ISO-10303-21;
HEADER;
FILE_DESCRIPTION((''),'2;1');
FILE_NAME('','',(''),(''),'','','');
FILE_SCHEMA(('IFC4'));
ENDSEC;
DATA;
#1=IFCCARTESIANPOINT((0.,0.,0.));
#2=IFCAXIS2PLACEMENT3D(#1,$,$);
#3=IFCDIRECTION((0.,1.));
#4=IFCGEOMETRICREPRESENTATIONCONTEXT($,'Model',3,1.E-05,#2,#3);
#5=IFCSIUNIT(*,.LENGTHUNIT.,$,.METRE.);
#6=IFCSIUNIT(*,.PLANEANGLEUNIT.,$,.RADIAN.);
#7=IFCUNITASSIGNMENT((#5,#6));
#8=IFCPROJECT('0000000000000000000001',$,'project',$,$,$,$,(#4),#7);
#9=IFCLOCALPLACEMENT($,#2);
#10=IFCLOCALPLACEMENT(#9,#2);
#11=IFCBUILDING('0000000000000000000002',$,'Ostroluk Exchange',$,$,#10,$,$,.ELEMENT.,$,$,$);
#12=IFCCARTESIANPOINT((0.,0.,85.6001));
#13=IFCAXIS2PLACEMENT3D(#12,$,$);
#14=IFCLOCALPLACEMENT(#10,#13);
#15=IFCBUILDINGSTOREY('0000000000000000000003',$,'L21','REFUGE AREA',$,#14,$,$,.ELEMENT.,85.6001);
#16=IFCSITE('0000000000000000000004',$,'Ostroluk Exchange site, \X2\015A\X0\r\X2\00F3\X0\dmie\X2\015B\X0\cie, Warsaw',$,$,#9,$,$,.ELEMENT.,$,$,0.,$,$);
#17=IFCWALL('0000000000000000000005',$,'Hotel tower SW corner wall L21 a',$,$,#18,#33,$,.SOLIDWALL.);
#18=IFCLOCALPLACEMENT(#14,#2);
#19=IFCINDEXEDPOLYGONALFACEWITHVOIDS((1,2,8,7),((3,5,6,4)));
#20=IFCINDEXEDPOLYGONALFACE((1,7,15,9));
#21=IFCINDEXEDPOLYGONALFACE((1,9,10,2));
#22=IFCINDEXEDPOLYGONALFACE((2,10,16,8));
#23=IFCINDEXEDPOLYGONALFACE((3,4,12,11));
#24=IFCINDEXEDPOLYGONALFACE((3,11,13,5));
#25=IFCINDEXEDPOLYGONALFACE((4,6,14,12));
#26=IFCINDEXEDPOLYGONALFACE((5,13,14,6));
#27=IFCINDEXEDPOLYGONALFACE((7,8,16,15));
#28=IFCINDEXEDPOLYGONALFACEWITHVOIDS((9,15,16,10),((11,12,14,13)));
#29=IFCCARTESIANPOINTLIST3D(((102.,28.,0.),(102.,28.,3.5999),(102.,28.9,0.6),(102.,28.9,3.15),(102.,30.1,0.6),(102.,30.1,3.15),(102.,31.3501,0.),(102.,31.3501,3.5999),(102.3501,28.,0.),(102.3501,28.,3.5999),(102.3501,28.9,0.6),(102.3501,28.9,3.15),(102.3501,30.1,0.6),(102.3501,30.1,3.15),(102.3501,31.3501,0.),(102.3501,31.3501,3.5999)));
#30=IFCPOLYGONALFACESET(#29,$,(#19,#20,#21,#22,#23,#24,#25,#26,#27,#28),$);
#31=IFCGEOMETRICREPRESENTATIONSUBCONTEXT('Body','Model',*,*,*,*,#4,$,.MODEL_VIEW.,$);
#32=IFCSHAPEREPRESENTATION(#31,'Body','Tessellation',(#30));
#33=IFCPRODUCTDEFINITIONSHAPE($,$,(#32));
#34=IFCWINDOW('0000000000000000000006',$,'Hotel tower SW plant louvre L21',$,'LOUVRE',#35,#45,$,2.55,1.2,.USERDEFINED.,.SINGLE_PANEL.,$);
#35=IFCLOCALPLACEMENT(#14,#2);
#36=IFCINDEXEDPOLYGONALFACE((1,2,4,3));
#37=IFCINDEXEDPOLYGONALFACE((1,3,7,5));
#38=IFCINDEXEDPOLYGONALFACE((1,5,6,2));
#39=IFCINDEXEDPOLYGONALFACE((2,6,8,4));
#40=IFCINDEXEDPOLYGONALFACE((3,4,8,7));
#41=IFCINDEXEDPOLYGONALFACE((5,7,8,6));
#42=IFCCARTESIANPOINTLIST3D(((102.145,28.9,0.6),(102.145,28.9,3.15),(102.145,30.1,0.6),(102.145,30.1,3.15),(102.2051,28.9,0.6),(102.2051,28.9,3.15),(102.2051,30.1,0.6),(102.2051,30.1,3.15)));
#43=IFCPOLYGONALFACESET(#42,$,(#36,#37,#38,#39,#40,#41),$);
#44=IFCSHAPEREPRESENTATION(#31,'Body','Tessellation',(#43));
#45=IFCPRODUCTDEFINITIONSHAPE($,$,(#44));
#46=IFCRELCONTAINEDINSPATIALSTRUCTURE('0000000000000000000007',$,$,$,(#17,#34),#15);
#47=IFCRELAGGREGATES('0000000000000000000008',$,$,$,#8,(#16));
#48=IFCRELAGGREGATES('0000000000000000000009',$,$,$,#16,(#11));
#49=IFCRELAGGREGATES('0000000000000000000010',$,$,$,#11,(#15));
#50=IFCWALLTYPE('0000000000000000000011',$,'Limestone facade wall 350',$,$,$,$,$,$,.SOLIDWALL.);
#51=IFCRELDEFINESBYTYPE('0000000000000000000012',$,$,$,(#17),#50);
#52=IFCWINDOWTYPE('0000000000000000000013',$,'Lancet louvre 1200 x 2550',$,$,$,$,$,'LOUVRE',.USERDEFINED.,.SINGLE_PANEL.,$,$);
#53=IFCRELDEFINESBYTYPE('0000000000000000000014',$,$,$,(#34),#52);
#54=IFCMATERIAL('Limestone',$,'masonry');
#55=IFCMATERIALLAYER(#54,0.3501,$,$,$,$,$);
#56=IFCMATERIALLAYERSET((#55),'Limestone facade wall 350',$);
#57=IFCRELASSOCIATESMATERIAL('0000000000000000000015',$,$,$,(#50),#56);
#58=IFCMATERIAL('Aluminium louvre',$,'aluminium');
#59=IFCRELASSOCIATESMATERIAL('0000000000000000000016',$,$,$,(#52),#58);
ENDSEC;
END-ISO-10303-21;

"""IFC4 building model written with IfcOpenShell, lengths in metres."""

from ifc_helpers import new_model, si_unit, direction, frame, frame_2d, origin, place, context, subcontext, project, spatial, rectangle, extrude, material, layer, layer_set, type_object, element, fill, save


model = new_model("IFC4")

# Units and contexts
model_context = context("Model", 3, precision=1e-05, world=origin(), true_north=direction((0.0, 1.0)))
body_context = subcontext(model_context, "Body", "Model", "MODEL_VIEW")
ifc_project = project(units=[si_unit("LENGTHUNIT", "METRE"), si_unit("PLANEANGLEUNIT", "RADIAN")], contexts=[model_context])

# Site, building, storey
site_placement = place(None, origin())
site = spatial("IfcSite", under=ifc_project, at=site_placement, Name="Ostroluk Exchange site, Śródmieście, Warsaw", CompositionType="ELEMENT", RefElevation=0.0)
building_placement = place(site_placement, origin())
building = spatial("IfcBuilding", under=site, at=building_placement, Name="Ostroluk Exchange", CompositionType="ELEMENT")
storey_placement = place(building_placement, frame((0.0, 0.0, 85.6001)))
storey = spatial("IfcBuildingStorey", under=building, at=storey_placement, Name="L21", Description="REFUGE AREA", CompositionType="ELEMENT", Elevation=85.6001)

# Wall, opening, window
ifc_material_1 = material(Name="Limestone", Category="masonry")
ifc_layer_1 = layer(ifc_material_1, 0.3501)
ifc_layer_set_1 = layer_set([ifc_layer_1], Name="Limestone facade wall 350")
wall_type_1 = type_object("IfcWallType", Name="Limestone facade wall 350", PredefinedType="SOLIDWALL", material=ifc_layer_set_1)
wall_1_placement = place(storey_placement, frame((102.175, 28.0, 0.0), z_axis=(0.0, 0.0, 1.0), x_axis=(0.0, 1.0, 0.0)))
wall_1 = element("IfcWall", 1, at=wall_1_placement, inside=storey, type_object=wall_type_1, Name="Hotel tower SW corner wall L21 a", PredefinedType="SOLIDWALL", context=body_context, shape_type="SweptSolid", body=[
    extrude(rectangle(XDim=3.3501, YDim=0.3501, at=frame_2d((1.675, 0.0))), origin(), (0.0, 0.0, 1.0), 3.5999),
])
opening_1_placement = place(wall_1_placement, frame((0.8999, 0.0, 0.6001)))
opening_1 = element("IfcOpeningElement", 2, at=opening_1_placement, cuts=wall_1, PredefinedType="OPENING", context=body_context, shape_type="SweptSolid", body=[
    extrude(rectangle(XDim=1.2, YDim=2.55, at=frame_2d((0.6001, 1.2749))), frame((0.0, 0.1851, 0.0), z_axis=(0.0, -1.0, 0.0), x_axis=(1.0, 0.0, 0.0)), (0.0, 0.0, 1.0), 0.3701),
])
ifc_material_2 = material(Name="Aluminium louvre", Category="aluminium")
window_type = type_object("IfcWindowType", Name="Lancet louvre 1200 x 2550", ElementType="LOUVRE", PartitioningType="SINGLE_PANEL", PredefinedType="USERDEFINED", material=ifc_material_2)
window_placement = place(opening_1_placement, origin())
window = element("IfcWindow", 3, at=window_placement, inside=storey, type_object=window_type, Name="Hotel tower SW plant louvre L21", ObjectType="LOUVRE", OverallHeight=2.55, OverallWidth=1.2, PartitioningType="SINGLE_PANEL", PredefinedType="USERDEFINED", context=body_context, shape_type="SweptSolid", body=[
    extrude(rectangle(XDim=1.2, YDim=2.55, at=frame_2d((0.6001, 1.2749))), frame((0.0, 0.03, 0.0), z_axis=(0.0, -1.0, 0.0), x_axis=(1.0, 0.0, 0.0)), (0.0, 0.0, 1.0), 0.0601),
])
fill(opening_1, window)

save(model, "model.ifc")
